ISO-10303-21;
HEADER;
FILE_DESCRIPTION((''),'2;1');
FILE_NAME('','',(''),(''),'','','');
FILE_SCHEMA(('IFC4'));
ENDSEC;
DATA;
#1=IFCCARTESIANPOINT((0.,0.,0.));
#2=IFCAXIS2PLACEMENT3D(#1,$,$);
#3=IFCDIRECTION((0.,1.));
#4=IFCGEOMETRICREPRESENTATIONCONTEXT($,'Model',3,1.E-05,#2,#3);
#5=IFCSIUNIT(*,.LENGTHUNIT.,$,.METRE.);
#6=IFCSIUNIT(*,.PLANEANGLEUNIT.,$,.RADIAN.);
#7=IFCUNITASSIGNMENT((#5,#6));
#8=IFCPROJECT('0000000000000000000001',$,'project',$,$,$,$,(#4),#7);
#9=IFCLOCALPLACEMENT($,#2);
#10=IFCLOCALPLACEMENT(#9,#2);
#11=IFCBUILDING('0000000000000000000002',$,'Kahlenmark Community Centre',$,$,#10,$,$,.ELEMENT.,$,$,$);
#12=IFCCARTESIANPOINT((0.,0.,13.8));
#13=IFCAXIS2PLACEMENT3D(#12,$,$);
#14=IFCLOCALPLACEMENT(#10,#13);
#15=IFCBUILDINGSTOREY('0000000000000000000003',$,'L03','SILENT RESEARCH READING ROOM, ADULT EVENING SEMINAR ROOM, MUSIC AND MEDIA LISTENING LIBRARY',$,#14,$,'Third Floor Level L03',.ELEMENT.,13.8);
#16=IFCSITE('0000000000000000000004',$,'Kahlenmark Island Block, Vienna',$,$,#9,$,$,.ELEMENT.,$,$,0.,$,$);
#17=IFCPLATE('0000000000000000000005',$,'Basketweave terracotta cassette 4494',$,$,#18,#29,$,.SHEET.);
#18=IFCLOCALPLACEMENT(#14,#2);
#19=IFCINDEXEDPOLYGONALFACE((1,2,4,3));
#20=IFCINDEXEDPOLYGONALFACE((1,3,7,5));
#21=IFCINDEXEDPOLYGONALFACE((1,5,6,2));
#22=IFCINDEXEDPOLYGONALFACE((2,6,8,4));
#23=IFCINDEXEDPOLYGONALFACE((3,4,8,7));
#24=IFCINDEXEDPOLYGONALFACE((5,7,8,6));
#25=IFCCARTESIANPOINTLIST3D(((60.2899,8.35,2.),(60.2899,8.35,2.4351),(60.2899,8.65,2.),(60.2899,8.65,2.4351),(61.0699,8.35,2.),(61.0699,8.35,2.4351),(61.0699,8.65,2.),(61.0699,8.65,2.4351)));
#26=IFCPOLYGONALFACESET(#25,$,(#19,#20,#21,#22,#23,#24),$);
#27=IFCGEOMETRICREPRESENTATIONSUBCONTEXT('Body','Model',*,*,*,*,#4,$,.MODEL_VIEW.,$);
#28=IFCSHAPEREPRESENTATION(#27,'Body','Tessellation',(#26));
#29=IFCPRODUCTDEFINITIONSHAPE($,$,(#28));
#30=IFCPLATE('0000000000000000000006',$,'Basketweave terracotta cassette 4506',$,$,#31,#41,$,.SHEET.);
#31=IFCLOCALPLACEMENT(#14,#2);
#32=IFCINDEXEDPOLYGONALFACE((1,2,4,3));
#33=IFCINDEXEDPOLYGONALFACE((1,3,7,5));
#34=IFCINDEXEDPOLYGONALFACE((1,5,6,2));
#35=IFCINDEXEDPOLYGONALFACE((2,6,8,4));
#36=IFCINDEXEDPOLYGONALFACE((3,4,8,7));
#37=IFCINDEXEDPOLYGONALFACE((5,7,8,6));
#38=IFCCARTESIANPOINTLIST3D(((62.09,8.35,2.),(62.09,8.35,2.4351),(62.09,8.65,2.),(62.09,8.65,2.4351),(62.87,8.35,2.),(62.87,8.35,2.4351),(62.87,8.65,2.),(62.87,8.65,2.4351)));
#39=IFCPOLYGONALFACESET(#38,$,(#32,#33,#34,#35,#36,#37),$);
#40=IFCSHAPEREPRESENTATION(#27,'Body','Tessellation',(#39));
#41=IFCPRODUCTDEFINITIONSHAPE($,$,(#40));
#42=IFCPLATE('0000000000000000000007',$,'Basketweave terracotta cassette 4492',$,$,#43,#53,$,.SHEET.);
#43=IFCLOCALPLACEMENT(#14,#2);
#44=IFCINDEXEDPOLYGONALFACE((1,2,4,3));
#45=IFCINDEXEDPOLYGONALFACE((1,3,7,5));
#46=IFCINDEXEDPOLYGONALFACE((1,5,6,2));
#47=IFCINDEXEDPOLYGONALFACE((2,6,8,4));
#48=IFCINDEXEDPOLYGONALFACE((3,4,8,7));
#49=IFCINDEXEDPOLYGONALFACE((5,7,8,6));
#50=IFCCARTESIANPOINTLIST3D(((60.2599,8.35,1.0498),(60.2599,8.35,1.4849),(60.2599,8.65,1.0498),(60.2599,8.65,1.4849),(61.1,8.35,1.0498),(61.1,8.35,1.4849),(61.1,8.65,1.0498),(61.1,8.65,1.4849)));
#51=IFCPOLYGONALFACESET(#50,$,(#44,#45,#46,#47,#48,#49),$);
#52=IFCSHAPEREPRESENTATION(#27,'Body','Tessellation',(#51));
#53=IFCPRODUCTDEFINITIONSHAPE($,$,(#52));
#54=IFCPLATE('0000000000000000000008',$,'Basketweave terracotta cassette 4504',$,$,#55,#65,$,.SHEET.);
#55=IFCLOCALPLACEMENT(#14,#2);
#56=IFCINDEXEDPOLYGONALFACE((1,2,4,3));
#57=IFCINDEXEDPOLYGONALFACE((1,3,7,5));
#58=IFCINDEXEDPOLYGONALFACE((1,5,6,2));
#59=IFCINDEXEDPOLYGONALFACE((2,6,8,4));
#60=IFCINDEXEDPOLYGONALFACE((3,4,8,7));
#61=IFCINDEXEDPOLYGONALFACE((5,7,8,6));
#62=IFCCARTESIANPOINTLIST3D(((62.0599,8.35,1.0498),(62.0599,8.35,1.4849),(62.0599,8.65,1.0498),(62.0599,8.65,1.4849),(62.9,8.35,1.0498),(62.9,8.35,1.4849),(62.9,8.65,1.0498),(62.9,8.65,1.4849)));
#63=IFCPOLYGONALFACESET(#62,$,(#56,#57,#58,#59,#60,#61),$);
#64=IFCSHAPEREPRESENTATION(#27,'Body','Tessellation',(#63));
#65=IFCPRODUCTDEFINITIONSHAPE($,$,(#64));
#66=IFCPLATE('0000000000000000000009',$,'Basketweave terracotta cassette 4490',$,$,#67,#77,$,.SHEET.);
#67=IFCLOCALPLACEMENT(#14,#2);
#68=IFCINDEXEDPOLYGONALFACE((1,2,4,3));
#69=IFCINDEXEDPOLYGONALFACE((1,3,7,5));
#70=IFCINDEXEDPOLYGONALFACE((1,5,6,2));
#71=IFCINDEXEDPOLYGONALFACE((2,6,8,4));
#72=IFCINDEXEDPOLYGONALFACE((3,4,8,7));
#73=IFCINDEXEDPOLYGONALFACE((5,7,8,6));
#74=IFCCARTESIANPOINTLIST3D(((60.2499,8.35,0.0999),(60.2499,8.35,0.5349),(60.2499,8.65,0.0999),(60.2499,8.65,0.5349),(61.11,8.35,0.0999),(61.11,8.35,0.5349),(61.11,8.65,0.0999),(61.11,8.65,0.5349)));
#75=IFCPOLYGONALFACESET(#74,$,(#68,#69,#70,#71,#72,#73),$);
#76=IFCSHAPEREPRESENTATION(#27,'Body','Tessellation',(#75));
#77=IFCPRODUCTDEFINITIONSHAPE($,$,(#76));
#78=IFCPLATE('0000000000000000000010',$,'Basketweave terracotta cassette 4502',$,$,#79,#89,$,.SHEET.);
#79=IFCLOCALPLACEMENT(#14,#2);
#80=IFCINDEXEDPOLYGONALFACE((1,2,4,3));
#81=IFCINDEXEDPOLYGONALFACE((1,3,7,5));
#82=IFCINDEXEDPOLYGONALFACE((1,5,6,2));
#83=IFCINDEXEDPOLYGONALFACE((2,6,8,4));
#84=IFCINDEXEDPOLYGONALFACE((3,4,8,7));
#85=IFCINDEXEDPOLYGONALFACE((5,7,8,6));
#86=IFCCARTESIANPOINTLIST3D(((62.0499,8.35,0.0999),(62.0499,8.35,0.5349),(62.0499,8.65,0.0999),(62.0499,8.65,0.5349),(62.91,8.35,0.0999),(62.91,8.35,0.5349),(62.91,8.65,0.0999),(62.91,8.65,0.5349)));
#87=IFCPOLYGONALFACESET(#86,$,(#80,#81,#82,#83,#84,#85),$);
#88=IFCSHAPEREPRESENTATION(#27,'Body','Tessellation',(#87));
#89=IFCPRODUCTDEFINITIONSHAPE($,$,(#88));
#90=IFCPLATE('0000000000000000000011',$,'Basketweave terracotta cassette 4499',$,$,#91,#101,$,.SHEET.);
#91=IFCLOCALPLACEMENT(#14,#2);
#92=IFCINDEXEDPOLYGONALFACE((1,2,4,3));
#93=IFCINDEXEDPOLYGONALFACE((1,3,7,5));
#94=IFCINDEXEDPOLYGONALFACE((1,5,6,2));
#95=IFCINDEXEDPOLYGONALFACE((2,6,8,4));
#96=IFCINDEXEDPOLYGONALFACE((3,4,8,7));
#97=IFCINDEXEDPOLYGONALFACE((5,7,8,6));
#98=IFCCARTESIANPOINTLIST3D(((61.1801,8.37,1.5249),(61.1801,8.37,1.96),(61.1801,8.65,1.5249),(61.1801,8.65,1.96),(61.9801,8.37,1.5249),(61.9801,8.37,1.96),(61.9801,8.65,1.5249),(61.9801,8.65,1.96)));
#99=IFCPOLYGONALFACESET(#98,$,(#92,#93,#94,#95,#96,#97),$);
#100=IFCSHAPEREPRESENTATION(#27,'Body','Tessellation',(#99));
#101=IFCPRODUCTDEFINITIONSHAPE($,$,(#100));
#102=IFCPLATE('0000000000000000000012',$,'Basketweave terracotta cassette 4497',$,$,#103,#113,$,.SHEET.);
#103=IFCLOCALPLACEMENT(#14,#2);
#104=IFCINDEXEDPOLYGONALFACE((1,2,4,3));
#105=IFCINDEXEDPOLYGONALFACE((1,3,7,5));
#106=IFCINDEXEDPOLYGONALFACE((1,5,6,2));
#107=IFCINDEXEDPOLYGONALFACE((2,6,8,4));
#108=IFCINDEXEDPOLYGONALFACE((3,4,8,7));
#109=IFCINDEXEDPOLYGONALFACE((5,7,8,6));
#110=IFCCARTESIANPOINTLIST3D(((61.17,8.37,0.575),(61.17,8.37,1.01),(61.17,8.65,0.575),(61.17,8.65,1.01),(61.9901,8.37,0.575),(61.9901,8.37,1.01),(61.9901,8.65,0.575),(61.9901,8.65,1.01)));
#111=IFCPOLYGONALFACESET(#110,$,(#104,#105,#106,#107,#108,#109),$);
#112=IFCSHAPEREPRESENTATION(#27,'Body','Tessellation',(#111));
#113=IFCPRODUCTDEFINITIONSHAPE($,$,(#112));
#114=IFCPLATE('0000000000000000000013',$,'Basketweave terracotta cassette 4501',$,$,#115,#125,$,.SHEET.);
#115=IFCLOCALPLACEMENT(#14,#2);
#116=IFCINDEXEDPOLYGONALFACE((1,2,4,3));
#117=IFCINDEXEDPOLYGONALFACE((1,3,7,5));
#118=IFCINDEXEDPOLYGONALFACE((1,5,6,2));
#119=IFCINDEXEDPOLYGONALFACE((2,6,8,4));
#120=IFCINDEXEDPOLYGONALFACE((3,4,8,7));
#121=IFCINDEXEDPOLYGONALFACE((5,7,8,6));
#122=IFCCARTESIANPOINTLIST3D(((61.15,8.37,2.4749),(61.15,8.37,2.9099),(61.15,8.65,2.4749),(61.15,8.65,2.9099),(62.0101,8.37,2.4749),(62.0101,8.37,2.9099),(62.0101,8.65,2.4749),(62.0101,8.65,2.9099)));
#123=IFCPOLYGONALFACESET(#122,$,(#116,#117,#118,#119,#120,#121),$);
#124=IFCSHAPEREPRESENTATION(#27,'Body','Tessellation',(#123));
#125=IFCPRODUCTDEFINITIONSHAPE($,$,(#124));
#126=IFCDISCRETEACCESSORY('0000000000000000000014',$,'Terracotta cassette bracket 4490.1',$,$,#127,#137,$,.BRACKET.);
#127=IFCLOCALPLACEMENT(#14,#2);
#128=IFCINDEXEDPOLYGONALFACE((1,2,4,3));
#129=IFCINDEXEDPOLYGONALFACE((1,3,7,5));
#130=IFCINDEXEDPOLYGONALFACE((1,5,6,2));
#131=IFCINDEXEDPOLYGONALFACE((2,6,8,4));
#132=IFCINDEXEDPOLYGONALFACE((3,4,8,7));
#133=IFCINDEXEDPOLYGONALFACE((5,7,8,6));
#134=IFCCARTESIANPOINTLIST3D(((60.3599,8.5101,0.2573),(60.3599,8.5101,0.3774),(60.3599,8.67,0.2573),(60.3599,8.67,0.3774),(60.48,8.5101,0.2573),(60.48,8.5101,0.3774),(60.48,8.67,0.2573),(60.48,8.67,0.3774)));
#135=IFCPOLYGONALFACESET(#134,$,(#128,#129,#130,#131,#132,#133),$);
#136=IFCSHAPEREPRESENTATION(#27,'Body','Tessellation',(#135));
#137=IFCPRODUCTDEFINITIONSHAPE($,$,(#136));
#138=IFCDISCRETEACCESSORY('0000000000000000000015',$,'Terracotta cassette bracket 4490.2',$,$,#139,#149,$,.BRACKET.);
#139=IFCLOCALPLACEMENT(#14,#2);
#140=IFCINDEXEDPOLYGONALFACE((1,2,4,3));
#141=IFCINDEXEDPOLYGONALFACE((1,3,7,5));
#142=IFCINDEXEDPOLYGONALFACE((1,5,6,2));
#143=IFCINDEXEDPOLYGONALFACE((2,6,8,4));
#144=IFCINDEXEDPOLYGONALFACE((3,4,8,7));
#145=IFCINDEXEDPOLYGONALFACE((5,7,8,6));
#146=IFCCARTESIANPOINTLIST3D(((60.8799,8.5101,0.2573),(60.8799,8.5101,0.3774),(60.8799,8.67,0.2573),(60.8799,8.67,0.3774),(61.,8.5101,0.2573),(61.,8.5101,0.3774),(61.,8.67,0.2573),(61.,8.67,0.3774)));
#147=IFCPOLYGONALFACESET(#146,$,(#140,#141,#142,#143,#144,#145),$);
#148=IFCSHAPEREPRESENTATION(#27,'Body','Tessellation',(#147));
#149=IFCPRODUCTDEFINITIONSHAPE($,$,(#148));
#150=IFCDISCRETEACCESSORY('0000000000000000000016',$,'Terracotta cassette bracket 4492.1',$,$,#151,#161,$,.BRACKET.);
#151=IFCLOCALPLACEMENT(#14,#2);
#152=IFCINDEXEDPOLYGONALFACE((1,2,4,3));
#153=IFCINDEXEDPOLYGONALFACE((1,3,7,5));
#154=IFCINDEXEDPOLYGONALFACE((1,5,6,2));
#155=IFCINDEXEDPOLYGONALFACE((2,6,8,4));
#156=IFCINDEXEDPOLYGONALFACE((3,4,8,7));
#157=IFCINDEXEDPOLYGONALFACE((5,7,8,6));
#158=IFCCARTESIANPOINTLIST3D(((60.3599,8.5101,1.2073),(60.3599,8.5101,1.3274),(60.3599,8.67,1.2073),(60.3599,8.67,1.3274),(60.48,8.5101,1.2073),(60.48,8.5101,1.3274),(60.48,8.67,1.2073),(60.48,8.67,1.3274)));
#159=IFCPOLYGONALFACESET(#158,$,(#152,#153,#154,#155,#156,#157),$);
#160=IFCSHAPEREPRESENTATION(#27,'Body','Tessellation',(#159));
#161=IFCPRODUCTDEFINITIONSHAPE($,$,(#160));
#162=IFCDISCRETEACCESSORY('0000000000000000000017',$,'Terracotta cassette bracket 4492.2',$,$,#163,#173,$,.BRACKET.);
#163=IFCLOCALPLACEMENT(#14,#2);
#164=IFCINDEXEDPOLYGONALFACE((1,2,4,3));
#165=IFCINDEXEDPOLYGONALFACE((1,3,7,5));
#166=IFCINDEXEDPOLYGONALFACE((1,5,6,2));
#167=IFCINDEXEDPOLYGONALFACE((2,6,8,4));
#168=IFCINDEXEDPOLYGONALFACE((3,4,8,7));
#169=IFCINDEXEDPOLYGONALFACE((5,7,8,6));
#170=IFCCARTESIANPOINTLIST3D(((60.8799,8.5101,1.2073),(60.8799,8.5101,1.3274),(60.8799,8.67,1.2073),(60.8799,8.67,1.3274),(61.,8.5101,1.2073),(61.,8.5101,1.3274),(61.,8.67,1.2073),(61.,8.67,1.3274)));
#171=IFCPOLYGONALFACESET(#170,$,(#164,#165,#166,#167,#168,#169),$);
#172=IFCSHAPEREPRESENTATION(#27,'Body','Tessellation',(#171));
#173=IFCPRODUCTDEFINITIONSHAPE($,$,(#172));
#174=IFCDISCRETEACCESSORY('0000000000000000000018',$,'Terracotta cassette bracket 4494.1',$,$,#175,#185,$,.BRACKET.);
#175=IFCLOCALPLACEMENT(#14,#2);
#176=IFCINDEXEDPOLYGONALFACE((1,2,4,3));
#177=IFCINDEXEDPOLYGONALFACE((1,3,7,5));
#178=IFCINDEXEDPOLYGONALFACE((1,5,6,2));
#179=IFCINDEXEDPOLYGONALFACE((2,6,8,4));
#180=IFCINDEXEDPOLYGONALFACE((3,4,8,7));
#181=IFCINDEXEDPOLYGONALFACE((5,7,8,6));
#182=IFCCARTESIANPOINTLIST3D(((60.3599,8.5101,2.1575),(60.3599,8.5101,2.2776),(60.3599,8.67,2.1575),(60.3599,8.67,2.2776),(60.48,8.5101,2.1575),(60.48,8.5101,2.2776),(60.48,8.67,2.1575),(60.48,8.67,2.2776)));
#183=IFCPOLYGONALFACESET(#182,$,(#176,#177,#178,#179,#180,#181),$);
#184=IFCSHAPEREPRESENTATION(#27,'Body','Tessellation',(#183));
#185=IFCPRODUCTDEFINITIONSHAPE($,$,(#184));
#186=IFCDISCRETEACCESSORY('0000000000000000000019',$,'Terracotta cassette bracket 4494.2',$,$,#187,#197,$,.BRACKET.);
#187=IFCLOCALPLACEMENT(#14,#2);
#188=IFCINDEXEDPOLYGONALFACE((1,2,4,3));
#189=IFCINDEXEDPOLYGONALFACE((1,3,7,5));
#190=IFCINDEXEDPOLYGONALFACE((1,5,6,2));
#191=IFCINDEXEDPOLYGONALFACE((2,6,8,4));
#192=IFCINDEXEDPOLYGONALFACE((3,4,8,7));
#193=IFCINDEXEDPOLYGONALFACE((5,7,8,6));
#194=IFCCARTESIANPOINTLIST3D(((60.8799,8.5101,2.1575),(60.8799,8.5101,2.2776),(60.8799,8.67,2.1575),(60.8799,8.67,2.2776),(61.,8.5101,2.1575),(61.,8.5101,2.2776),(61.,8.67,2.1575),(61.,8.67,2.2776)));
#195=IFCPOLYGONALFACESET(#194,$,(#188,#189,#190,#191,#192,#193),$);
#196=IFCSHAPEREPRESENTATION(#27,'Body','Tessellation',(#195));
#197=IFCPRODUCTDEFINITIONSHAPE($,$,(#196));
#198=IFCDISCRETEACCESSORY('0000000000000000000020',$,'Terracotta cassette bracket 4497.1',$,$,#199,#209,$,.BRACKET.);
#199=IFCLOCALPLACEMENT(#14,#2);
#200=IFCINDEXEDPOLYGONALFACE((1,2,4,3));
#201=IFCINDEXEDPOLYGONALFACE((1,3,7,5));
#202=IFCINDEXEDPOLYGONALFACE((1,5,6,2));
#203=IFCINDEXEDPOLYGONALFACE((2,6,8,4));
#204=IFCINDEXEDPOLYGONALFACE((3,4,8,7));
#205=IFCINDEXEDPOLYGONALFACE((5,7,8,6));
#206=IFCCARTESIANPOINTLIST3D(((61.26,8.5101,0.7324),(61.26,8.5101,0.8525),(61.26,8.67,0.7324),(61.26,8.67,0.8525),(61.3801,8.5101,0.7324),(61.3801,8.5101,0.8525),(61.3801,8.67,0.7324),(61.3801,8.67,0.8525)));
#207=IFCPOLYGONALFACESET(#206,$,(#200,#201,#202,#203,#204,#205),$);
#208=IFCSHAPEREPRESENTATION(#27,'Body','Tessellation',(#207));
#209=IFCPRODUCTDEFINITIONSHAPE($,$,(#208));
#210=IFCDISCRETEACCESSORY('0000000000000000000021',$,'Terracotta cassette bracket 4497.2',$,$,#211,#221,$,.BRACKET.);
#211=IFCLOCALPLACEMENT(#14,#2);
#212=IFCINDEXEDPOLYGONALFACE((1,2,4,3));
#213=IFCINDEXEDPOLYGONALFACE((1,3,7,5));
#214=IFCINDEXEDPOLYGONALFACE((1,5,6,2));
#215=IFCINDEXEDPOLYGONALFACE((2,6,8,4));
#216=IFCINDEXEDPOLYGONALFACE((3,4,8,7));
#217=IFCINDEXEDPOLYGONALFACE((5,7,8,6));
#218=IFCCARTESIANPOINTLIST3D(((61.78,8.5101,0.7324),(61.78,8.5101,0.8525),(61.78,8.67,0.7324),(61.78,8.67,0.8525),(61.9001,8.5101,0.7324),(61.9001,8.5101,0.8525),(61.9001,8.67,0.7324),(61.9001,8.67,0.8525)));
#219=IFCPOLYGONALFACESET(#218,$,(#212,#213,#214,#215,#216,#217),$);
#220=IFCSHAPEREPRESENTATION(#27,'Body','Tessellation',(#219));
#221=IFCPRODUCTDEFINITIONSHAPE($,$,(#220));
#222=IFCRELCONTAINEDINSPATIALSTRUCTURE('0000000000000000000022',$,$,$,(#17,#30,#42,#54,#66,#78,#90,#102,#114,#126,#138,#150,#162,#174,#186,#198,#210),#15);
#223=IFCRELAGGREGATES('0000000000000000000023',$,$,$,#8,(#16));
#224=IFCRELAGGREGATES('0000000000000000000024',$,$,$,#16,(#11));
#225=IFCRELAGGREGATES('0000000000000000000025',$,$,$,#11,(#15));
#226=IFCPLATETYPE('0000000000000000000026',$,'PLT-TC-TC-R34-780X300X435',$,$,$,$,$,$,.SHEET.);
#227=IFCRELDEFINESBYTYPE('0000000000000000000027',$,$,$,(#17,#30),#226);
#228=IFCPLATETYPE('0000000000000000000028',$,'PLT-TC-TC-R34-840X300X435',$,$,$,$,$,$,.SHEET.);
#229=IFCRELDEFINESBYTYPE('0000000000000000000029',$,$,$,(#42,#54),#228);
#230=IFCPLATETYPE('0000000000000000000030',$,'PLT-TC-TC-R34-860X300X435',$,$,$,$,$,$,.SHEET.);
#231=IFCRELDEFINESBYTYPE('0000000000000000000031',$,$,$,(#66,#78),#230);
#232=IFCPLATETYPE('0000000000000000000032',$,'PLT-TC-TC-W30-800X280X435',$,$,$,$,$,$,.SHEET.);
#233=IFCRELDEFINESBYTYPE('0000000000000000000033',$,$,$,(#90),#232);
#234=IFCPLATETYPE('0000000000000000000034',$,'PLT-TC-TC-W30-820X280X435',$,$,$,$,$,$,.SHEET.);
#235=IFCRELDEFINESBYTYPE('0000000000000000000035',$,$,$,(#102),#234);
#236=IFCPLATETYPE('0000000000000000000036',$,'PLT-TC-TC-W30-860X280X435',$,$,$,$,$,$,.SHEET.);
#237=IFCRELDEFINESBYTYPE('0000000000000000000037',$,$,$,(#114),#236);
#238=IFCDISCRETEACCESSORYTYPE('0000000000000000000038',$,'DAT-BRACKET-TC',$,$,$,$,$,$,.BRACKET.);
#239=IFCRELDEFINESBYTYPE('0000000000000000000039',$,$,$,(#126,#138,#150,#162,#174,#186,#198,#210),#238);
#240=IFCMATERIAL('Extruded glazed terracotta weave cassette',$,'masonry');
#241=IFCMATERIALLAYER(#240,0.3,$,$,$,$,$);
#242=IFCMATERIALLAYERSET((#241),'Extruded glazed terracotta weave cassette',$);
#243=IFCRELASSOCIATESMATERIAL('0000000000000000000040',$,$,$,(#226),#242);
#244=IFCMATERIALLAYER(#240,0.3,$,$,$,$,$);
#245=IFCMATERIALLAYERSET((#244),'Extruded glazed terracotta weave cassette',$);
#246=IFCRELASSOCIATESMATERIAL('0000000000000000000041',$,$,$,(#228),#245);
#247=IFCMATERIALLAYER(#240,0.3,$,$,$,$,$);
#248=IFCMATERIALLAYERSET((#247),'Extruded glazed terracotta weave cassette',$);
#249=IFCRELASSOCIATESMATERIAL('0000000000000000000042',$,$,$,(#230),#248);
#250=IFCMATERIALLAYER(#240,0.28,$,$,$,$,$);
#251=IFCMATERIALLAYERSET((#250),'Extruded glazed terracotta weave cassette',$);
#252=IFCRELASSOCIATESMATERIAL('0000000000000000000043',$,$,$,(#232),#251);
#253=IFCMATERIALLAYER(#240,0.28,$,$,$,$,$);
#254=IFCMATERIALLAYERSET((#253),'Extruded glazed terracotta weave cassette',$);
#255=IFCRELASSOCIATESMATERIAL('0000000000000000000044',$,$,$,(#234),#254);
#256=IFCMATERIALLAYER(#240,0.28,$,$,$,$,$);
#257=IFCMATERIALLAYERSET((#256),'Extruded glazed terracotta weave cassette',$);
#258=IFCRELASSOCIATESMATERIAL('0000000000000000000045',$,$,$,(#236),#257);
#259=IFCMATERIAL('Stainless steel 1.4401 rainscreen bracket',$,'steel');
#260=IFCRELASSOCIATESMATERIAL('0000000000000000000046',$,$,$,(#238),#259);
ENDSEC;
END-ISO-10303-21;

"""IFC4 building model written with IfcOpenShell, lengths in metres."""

from ifc_helpers import new_model, si_unit, direction, frame, origin, origin_2d, place, context, subcontext, project, spatial, rectangle, extrude, material, layer, layer_set, type_object, element, save


model = new_model("IFC4")

# Units and contexts
model_context = context("Model", 3, precision=1e-05, world=origin(), true_north=direction((0.0, 1.0)))
body_context = subcontext(model_context, "Body", "Model", "MODEL_VIEW")
ifc_project = project(units=[si_unit("LENGTHUNIT", "METRE"), si_unit("PLANEANGLEUNIT", "RADIAN")], contexts=[model_context])

# Site, building, storey
site_placement = place(None, origin())
site = spatial("IfcSite", under=ifc_project, at=site_placement, Name="Kahlenmark Island Block, Vienna", CompositionType="ELEMENT", RefElevation=0.0)
building_placement = place(site_placement, origin())
building = spatial("IfcBuilding", under=site, at=building_placement, Name="Kahlenmark Community Centre", CompositionType="ELEMENT")
storey_placement = place(building_placement, frame((0.0, 0.0, 13.8)))
storey = spatial("IfcBuildingStorey", under=building, at=storey_placement, Name="L03", Description="SILENT RESEARCH READING ROOM, ADULT EVENING SEMINAR ROOM, MUSIC AND MEDIA LISTENING LIBRARY", LongName="Third Floor Level L03", CompositionType="ELEMENT", Elevation=13.8)

# Plates
ifc_material_1 = material(Name="Extruded glazed terracotta weave cassette", Category="masonry")
ifc_layer_1 = layer(ifc_material_1, 0.3)
ifc_layer_set_1 = layer_set([ifc_layer_1], Name="Extruded glazed terracotta weave cassette")
plate_type_1 = type_object("IfcPlateType", Name="PLT-TC-TC-R34-780X300X435", PredefinedType="SHEET", material=ifc_layer_set_1)
for number, where, z_axis, x_axis, name in (
    (1, (60.6799, 8.5, 2.0), (0.0, 0.0, 1.0), (1.0, 0.0, 0.0), "Basketweave terracotta cassette 4494"),
    (2, (62.48, 8.5, 2.0), (0.0, 0.0, 1.0), (1.0, 0.0, 0.0), "Basketweave terracotta cassette 4506"),
):
    element("IfcPlate", number, at=place(storey_placement, frame(where, z_axis=z_axis, x_axis=x_axis)), inside=storey, type_object=plate_type_1, Name=name, PredefinedType="SHEET", context=body_context, shape_type="SweptSolid", body=[
        extrude(rectangle(XDim=0.78, YDim=0.3, at=origin_2d()), origin(), (0.0, 0.0, 1.0), 0.4351),
    ])
ifc_layer_2 = layer(ifc_material_1, 0.3)
ifc_layer_set_2 = layer_set([ifc_layer_2], Name="Extruded glazed terracotta weave cassette")
plate_type_2 = type_object("IfcPlateType", Name="PLT-TC-TC-R34-840X300X435", PredefinedType="SHEET", material=ifc_layer_set_2)
for number, where, z_axis, x_axis, name in (
    (3, (60.6799, 8.5, 1.0498), (0.0, 0.0, 1.0), (1.0, 0.0, 0.0), "Basketweave terracotta cassette 4492"),
    (4, (62.48, 8.5, 1.0498), (0.0, 0.0, 1.0), (1.0, 0.0, 0.0), "Basketweave terracotta cassette 4504"),
):
    element("IfcPlate", number, at=place(storey_placement, frame(where, z_axis=z_axis, x_axis=x_axis)), inside=storey, type_object=plate_type_2, Name=name, PredefinedType="SHEET", context=body_context, shape_type="SweptSolid", body=[
        extrude(rectangle(XDim=0.8401, YDim=0.3, at=origin_2d()), origin(), (0.0, 0.0, 1.0), 0.4351),
    ])
ifc_layer_3 = layer(ifc_material_1, 0.3)
ifc_layer_set_3 = layer_set([ifc_layer_3], Name="Extruded glazed terracotta weave cassette")
plate_type_3 = type_object("IfcPlateType", Name="PLT-TC-TC-R34-860X300X435", PredefinedType="SHEET", material=ifc_layer_set_3)
for number, where, z_axis, x_axis, name in (
    (5, (60.6799, 8.5, 0.0999), (0.0, 0.0, 1.0), (1.0, 0.0, 0.0), "Basketweave terracotta cassette 4490"),
    (6, (62.48, 8.5, 0.0999), (0.0, 0.0, 1.0), (1.0, 0.0, 0.0), "Basketweave terracotta cassette 4502"),
):
    element("IfcPlate", number, at=place(storey_placement, frame(where, z_axis=z_axis, x_axis=x_axis)), inside=storey, type_object=plate_type_3, Name=name, PredefinedType="SHEET", context=body_context, shape_type="SweptSolid", body=[
        extrude(rectangle(XDim=0.8601, YDim=0.3, at=origin_2d()), origin(), (0.0, 0.0, 1.0), 0.4351),
    ])
ifc_layer_4 = layer(ifc_material_1, 0.28)
ifc_layer_set_4 = layer_set([ifc_layer_4], Name="Extruded glazed terracotta weave cassette")
plate_type_4 = type_object("IfcPlateType", Name="PLT-TC-TC-W30-800X280X435", PredefinedType="SHEET", material=ifc_layer_set_4)
plate_1_placement = place(storey_placement, frame((61.5801, 8.51, 1.5249), z_axis=(0.0, 0.0, 1.0), x_axis=(1.0, 0.0, 0.0)))
element("IfcPlate", 7, at=plate_1_placement, inside=storey, type_object=plate_type_4, Name="Basketweave terracotta cassette 4499", PredefinedType="SHEET", context=body_context, shape_type="SweptSolid", body=[
    extrude(rectangle(XDim=0.8, YDim=0.28, at=origin_2d()), origin(), (0.0, 0.0, 1.0), 0.4351),
])
ifc_layer_5 = layer(ifc_material_1, 0.28)
ifc_layer_set_5 = layer_set([ifc_layer_5], Name="Extruded glazed terracotta weave cassette")
plate_type_5 = type_object("IfcPlateType", Name="PLT-TC-TC-W30-820X280X435", PredefinedType="SHEET", material=ifc_layer_set_5)
plate_2_placement = place(storey_placement, frame((61.5801, 8.51, 0.575), z_axis=(0.0, 0.0, 1.0), x_axis=(1.0, 0.0, 0.0)))
element("IfcPlate", 8, at=plate_2_placement, inside=storey, type_object=plate_type_5, Name="Basketweave terracotta cassette 4497", PredefinedType="SHEET", context=body_context, shape_type="SweptSolid", body=[
    extrude(rectangle(XDim=0.8201, YDim=0.28, at=origin_2d()), origin(), (0.0, 0.0, 1.0), 0.4351),
])
ifc_layer_6 = layer(ifc_material_1, 0.28)
ifc_layer_set_6 = layer_set([ifc_layer_6], Name="Extruded glazed terracotta weave cassette")
plate_type_6 = type_object("IfcPlateType", Name="PLT-TC-TC-W30-860X280X435", PredefinedType="SHEET", material=ifc_layer_set_6)
plate_3_placement = place(storey_placement, frame((61.5801, 8.51, 2.4749), z_axis=(0.0, 0.0, 1.0), x_axis=(1.0, 0.0, 0.0)))
element("IfcPlate", 9, at=plate_3_placement, inside=storey, type_object=plate_type_6, Name="Basketweave terracotta cassette 4501", PredefinedType="SHEET", context=body_context, shape_type="SweptSolid", body=[
    extrude(rectangle(XDim=0.8601, YDim=0.28, at=origin_2d()), origin(), (0.0, 0.0, 1.0), 0.4351),
])

# Discrete accessories
ifc_material_2 = material(Name="Stainless steel 1.4401 rainscreen bracket", Category="steel")
discrete_accessory_type = type_object("IfcDiscreteAccessoryType", Name="DAT-BRACKET-TC", PredefinedType="BRACKET", material=ifc_material_2)
for number, where, z_axis, x_axis, name in (
    (10, (60.4199, 8.5901, 0.2573), (0.0, 0.0, 1.0), (1.0, 0.0, 0.0), "Terracotta cassette bracket 4490.1"),
    (11, (60.9399, 8.5901, 0.2573), (0.0, 0.0, 1.0), (1.0, 0.0, 0.0), "Terracotta cassette bracket 4490.2"),
    (12, (60.4199, 8.5901, 1.2073), (0.0, 0.0, 1.0), (1.0, 0.0, 0.0), "Terracotta cassette bracket 4492.1"),
    (13, (60.9399, 8.5901, 1.2073), (0.0, 0.0, 1.0), (1.0, 0.0, 0.0), "Terracotta cassette bracket 4492.2"),
    (14, (60.4199, 8.5901, 2.1575), (0.0, 0.0, 1.0), (1.0, 0.0, 0.0), "Terracotta cassette bracket 4494.1"),
    (15, (60.9399, 8.5901, 2.1575), (0.0, 0.0, 1.0), (1.0, 0.0, 0.0), "Terracotta cassette bracket 4494.2"),
    (16, (61.3201, 8.5901, 0.7324), (0.0, 0.0, 1.0), (1.0, 0.0, 0.0), "Terracotta cassette bracket 4497.1"),
    (17, (61.8401, 8.5901, 0.7324), (0.0, 0.0, 1.0), (1.0, 0.0, 0.0), "Terracotta cassette bracket 4497.2"),
):
    element("IfcDiscreteAccessory", number, at=place(storey_placement, frame(where, z_axis=z_axis, x_axis=x_axis)), inside=storey, type_object=discrete_accessory_type, Name=name, PredefinedType="BRACKET", context=body_context, shape_type="SweptSolid", body=[
        extrude(rectangle(XDim=0.1201, YDim=0.1599, at=origin_2d()), origin(), (0.0, 0.0, 1.0), 0.1201),
    ])

save(model, "model.ifc")
